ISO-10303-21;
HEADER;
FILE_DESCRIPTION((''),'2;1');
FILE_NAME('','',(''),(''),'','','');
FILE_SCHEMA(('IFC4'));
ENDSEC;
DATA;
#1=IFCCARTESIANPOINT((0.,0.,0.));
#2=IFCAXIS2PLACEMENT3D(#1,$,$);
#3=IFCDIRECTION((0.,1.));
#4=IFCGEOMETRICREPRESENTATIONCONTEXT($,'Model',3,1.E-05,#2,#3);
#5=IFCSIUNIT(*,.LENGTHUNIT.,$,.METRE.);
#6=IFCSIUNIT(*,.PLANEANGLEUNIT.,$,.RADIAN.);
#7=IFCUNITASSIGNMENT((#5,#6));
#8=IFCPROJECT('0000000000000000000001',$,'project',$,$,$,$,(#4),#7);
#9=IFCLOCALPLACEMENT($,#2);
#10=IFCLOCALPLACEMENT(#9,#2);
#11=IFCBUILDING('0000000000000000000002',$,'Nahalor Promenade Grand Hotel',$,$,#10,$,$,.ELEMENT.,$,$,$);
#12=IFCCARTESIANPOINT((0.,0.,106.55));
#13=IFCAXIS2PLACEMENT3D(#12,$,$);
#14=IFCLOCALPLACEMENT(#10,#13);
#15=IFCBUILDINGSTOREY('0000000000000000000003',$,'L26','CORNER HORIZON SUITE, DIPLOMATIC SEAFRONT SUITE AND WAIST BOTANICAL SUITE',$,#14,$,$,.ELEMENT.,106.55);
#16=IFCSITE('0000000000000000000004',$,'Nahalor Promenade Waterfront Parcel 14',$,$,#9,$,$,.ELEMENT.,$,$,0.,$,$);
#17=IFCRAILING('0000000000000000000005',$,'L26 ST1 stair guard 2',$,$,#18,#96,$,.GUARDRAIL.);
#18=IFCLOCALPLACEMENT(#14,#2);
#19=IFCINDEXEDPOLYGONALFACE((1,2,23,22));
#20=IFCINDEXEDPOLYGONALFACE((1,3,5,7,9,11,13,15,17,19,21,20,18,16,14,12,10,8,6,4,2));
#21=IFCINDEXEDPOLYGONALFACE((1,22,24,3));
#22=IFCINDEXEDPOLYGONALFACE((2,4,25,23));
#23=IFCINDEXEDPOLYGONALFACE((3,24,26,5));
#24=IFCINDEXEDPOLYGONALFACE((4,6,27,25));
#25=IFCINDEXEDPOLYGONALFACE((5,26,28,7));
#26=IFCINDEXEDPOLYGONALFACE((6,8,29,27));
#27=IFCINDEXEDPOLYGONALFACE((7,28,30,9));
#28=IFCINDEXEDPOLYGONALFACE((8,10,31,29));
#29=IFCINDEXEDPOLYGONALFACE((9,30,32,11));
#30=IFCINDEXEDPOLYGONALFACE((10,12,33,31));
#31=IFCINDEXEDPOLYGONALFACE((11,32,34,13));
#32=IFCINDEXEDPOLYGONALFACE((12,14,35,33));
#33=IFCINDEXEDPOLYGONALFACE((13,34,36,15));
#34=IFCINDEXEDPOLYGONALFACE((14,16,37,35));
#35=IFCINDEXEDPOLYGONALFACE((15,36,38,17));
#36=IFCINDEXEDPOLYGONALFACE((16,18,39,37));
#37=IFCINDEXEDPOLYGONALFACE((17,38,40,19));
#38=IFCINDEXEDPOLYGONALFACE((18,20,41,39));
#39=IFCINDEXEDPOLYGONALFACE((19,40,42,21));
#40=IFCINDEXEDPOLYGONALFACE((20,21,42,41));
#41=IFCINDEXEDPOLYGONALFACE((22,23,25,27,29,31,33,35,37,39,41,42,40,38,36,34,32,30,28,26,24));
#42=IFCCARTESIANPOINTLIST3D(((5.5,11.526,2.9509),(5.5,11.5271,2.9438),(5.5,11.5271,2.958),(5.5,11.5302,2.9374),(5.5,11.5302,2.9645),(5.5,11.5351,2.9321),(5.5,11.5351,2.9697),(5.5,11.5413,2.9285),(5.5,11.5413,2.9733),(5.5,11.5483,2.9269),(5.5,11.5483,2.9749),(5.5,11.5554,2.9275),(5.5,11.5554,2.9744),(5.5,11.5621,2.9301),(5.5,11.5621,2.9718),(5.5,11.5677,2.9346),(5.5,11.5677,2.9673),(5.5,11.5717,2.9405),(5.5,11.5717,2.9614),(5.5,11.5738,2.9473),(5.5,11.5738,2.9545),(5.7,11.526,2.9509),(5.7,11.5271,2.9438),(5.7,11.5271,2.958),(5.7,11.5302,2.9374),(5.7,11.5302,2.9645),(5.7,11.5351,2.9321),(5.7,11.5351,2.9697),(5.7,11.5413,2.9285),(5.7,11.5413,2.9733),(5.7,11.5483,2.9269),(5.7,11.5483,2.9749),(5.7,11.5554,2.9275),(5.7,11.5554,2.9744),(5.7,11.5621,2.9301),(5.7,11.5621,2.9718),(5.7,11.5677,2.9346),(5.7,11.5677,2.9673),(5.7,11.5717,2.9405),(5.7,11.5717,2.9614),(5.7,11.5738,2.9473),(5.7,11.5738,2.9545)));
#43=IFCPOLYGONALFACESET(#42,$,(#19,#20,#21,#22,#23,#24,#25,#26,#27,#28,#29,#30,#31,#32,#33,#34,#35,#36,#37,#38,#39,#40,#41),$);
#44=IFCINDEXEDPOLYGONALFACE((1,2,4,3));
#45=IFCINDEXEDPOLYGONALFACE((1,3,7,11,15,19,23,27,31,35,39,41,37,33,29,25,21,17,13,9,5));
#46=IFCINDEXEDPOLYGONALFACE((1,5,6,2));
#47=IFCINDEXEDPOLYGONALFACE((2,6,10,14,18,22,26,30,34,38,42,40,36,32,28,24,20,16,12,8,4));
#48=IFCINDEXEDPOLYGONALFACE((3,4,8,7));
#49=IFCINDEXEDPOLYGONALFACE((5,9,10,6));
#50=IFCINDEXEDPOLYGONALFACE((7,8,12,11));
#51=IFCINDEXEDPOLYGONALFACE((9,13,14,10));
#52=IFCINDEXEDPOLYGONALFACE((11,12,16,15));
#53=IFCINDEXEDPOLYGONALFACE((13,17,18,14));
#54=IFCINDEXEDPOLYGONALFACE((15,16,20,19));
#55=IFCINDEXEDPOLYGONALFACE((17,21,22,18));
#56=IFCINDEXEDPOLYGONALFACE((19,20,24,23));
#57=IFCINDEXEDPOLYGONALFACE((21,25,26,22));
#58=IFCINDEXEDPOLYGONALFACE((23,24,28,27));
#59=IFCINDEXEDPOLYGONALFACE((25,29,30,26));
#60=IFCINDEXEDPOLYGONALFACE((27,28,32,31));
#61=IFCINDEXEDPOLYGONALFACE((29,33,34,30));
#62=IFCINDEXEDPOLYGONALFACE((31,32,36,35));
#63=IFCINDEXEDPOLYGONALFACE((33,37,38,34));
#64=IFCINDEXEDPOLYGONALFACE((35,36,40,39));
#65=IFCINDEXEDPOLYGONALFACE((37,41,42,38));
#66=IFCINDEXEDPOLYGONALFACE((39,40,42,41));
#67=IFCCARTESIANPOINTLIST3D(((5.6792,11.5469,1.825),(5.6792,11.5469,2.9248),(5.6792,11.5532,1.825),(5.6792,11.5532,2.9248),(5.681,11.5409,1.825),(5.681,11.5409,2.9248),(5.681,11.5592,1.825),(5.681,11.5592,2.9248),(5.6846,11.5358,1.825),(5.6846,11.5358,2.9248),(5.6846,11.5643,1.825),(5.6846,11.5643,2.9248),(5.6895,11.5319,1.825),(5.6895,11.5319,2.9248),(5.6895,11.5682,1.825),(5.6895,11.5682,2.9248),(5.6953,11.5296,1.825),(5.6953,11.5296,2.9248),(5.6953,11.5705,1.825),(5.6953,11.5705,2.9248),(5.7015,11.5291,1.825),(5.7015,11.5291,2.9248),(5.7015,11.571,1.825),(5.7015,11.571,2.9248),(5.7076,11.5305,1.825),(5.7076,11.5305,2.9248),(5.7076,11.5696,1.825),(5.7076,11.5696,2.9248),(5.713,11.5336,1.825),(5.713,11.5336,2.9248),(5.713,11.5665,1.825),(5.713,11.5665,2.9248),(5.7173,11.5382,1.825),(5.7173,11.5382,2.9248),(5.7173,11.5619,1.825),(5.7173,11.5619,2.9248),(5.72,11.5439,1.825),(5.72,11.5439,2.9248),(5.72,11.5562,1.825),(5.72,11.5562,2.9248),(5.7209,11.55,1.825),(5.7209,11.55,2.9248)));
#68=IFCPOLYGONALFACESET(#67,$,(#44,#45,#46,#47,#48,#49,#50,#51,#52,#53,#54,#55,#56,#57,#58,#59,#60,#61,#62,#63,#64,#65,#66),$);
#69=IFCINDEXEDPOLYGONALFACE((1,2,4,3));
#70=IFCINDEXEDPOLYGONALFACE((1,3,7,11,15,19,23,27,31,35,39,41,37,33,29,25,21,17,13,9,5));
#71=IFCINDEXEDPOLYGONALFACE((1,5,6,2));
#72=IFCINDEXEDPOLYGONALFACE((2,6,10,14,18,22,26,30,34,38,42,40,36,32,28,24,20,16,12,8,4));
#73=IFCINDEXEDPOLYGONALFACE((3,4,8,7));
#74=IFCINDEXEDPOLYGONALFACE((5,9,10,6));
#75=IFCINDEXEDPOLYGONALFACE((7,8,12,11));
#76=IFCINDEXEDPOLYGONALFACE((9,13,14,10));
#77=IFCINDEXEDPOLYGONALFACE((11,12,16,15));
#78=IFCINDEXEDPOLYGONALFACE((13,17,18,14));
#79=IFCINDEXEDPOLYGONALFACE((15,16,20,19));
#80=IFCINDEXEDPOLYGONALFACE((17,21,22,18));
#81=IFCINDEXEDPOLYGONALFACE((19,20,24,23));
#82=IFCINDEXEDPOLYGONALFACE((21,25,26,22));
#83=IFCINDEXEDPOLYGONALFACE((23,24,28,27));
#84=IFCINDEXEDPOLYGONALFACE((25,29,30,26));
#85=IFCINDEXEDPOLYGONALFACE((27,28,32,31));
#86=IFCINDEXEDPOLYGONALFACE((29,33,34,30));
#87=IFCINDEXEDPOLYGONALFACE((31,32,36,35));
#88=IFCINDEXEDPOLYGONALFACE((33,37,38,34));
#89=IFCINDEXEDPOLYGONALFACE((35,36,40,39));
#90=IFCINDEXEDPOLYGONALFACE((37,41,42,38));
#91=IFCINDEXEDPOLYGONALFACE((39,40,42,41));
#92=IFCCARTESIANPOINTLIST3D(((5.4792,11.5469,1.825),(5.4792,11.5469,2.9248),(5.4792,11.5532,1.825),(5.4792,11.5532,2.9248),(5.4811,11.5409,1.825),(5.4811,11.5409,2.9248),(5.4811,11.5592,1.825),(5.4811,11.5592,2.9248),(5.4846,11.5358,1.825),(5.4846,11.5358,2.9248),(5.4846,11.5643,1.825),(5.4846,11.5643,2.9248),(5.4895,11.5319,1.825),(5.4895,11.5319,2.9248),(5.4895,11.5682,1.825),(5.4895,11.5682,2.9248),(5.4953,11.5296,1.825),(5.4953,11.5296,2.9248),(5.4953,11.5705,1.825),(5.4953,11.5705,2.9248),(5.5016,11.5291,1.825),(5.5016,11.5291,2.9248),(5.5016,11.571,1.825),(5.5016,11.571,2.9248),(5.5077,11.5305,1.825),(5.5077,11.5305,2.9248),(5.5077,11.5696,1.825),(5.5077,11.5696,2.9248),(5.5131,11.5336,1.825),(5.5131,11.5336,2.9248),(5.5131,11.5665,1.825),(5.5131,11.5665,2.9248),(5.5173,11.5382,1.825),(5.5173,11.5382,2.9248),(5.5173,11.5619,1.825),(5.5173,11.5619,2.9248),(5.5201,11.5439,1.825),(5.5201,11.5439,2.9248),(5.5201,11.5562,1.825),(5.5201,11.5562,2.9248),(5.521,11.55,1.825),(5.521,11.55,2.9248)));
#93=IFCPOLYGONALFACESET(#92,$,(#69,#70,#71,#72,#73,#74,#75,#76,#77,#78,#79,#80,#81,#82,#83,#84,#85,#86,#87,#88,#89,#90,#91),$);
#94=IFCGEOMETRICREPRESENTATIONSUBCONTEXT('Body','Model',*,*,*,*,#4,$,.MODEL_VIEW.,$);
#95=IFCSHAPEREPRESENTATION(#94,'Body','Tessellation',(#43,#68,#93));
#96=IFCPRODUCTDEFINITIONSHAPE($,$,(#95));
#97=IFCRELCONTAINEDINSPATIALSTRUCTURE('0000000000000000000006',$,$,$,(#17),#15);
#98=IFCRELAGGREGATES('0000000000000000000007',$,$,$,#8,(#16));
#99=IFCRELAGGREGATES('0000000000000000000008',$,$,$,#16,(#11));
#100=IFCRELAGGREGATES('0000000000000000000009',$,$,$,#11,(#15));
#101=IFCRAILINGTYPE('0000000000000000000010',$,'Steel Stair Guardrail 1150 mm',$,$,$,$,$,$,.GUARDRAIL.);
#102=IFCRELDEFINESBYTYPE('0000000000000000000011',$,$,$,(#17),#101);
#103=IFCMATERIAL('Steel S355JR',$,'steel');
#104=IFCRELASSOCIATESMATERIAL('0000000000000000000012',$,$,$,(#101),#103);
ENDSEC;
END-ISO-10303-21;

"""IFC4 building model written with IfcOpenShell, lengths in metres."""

from ifc_helpers import new_model, si_unit, direction, frame, origin, origin_2d, place, context, subcontext, project, spatial, circle, extrude, material, type_object, element, save


model = new_model("IFC4")

# Units and contexts
model_context = context("Model", 3, precision=1e-05, world=origin(), true_north=direction((0.0, 1.0)))
body_context = subcontext(model_context, "Body", "Model", "MODEL_VIEW")
ifc_project = project(units=[si_unit("LENGTHUNIT", "METRE"), si_unit("PLANEANGLEUNIT", "RADIAN")], contexts=[model_context])

# Site, building, storey
site_placement = place(None, origin())
site = spatial("IfcSite", under=ifc_project, at=site_placement, Name="Nahalor Promenade Waterfront Parcel 14", CompositionType="ELEMENT", RefElevation=0.0)
building_placement = place(site_placement, origin())
building = spatial("IfcBuilding", under=site, at=building_placement, Name="Nahalor Promenade Grand Hotel", CompositionType="ELEMENT")
storey_placement = place(building_placement, frame((0.0, 0.0, 106.55)))
storey = spatial("IfcBuildingStorey", under=building, at=storey_placement, Name="L26", Description="CORNER HORIZON SUITE, DIPLOMATIC SEAFRONT SUITE AND WAIST BOTANICAL SUITE", CompositionType="ELEMENT", Elevation=106.55)

# Shared definitions
ifc_material_1 = material(Name="Steel S355JR", Category="steel")

# Railing
railing_type = type_object("IfcRailingType", Name="Steel Stair Guardrail 1150 mm", PredefinedType="GUARDRAIL", material=ifc_material_1)
railing_1_placement = place(storey_placement, frame((5.7, 11.55, 1.825)))
element("IfcRailing", 1, at=railing_1_placement, inside=storey, type_object=railing_type, Name="L26 ST1 stair guard 2", PredefinedType="GUARDRAIL", context=body_context, shape_type="SweptSolid", body=[
    extrude(circle(Radius=0.024, at=origin_2d()), frame((0.0, 0.0, 1.126), z_axis=(-1.0, 0.0, 0.0), x_axis=(0.0, -1.0, 0.0)), (0.0, 0.0, 1.0), 0.2),
    extrude(circle(Radius=0.021, at=origin_2d()), origin(), (0.0, 0.0, 1.0), 1.0999),
    extrude(circle(Radius=0.021, at=origin_2d()), frame((-0.2, 0.0, 0.0)), (0.0, 0.0, 1.0), 1.0999),
])

save(model, "model.ifc")
